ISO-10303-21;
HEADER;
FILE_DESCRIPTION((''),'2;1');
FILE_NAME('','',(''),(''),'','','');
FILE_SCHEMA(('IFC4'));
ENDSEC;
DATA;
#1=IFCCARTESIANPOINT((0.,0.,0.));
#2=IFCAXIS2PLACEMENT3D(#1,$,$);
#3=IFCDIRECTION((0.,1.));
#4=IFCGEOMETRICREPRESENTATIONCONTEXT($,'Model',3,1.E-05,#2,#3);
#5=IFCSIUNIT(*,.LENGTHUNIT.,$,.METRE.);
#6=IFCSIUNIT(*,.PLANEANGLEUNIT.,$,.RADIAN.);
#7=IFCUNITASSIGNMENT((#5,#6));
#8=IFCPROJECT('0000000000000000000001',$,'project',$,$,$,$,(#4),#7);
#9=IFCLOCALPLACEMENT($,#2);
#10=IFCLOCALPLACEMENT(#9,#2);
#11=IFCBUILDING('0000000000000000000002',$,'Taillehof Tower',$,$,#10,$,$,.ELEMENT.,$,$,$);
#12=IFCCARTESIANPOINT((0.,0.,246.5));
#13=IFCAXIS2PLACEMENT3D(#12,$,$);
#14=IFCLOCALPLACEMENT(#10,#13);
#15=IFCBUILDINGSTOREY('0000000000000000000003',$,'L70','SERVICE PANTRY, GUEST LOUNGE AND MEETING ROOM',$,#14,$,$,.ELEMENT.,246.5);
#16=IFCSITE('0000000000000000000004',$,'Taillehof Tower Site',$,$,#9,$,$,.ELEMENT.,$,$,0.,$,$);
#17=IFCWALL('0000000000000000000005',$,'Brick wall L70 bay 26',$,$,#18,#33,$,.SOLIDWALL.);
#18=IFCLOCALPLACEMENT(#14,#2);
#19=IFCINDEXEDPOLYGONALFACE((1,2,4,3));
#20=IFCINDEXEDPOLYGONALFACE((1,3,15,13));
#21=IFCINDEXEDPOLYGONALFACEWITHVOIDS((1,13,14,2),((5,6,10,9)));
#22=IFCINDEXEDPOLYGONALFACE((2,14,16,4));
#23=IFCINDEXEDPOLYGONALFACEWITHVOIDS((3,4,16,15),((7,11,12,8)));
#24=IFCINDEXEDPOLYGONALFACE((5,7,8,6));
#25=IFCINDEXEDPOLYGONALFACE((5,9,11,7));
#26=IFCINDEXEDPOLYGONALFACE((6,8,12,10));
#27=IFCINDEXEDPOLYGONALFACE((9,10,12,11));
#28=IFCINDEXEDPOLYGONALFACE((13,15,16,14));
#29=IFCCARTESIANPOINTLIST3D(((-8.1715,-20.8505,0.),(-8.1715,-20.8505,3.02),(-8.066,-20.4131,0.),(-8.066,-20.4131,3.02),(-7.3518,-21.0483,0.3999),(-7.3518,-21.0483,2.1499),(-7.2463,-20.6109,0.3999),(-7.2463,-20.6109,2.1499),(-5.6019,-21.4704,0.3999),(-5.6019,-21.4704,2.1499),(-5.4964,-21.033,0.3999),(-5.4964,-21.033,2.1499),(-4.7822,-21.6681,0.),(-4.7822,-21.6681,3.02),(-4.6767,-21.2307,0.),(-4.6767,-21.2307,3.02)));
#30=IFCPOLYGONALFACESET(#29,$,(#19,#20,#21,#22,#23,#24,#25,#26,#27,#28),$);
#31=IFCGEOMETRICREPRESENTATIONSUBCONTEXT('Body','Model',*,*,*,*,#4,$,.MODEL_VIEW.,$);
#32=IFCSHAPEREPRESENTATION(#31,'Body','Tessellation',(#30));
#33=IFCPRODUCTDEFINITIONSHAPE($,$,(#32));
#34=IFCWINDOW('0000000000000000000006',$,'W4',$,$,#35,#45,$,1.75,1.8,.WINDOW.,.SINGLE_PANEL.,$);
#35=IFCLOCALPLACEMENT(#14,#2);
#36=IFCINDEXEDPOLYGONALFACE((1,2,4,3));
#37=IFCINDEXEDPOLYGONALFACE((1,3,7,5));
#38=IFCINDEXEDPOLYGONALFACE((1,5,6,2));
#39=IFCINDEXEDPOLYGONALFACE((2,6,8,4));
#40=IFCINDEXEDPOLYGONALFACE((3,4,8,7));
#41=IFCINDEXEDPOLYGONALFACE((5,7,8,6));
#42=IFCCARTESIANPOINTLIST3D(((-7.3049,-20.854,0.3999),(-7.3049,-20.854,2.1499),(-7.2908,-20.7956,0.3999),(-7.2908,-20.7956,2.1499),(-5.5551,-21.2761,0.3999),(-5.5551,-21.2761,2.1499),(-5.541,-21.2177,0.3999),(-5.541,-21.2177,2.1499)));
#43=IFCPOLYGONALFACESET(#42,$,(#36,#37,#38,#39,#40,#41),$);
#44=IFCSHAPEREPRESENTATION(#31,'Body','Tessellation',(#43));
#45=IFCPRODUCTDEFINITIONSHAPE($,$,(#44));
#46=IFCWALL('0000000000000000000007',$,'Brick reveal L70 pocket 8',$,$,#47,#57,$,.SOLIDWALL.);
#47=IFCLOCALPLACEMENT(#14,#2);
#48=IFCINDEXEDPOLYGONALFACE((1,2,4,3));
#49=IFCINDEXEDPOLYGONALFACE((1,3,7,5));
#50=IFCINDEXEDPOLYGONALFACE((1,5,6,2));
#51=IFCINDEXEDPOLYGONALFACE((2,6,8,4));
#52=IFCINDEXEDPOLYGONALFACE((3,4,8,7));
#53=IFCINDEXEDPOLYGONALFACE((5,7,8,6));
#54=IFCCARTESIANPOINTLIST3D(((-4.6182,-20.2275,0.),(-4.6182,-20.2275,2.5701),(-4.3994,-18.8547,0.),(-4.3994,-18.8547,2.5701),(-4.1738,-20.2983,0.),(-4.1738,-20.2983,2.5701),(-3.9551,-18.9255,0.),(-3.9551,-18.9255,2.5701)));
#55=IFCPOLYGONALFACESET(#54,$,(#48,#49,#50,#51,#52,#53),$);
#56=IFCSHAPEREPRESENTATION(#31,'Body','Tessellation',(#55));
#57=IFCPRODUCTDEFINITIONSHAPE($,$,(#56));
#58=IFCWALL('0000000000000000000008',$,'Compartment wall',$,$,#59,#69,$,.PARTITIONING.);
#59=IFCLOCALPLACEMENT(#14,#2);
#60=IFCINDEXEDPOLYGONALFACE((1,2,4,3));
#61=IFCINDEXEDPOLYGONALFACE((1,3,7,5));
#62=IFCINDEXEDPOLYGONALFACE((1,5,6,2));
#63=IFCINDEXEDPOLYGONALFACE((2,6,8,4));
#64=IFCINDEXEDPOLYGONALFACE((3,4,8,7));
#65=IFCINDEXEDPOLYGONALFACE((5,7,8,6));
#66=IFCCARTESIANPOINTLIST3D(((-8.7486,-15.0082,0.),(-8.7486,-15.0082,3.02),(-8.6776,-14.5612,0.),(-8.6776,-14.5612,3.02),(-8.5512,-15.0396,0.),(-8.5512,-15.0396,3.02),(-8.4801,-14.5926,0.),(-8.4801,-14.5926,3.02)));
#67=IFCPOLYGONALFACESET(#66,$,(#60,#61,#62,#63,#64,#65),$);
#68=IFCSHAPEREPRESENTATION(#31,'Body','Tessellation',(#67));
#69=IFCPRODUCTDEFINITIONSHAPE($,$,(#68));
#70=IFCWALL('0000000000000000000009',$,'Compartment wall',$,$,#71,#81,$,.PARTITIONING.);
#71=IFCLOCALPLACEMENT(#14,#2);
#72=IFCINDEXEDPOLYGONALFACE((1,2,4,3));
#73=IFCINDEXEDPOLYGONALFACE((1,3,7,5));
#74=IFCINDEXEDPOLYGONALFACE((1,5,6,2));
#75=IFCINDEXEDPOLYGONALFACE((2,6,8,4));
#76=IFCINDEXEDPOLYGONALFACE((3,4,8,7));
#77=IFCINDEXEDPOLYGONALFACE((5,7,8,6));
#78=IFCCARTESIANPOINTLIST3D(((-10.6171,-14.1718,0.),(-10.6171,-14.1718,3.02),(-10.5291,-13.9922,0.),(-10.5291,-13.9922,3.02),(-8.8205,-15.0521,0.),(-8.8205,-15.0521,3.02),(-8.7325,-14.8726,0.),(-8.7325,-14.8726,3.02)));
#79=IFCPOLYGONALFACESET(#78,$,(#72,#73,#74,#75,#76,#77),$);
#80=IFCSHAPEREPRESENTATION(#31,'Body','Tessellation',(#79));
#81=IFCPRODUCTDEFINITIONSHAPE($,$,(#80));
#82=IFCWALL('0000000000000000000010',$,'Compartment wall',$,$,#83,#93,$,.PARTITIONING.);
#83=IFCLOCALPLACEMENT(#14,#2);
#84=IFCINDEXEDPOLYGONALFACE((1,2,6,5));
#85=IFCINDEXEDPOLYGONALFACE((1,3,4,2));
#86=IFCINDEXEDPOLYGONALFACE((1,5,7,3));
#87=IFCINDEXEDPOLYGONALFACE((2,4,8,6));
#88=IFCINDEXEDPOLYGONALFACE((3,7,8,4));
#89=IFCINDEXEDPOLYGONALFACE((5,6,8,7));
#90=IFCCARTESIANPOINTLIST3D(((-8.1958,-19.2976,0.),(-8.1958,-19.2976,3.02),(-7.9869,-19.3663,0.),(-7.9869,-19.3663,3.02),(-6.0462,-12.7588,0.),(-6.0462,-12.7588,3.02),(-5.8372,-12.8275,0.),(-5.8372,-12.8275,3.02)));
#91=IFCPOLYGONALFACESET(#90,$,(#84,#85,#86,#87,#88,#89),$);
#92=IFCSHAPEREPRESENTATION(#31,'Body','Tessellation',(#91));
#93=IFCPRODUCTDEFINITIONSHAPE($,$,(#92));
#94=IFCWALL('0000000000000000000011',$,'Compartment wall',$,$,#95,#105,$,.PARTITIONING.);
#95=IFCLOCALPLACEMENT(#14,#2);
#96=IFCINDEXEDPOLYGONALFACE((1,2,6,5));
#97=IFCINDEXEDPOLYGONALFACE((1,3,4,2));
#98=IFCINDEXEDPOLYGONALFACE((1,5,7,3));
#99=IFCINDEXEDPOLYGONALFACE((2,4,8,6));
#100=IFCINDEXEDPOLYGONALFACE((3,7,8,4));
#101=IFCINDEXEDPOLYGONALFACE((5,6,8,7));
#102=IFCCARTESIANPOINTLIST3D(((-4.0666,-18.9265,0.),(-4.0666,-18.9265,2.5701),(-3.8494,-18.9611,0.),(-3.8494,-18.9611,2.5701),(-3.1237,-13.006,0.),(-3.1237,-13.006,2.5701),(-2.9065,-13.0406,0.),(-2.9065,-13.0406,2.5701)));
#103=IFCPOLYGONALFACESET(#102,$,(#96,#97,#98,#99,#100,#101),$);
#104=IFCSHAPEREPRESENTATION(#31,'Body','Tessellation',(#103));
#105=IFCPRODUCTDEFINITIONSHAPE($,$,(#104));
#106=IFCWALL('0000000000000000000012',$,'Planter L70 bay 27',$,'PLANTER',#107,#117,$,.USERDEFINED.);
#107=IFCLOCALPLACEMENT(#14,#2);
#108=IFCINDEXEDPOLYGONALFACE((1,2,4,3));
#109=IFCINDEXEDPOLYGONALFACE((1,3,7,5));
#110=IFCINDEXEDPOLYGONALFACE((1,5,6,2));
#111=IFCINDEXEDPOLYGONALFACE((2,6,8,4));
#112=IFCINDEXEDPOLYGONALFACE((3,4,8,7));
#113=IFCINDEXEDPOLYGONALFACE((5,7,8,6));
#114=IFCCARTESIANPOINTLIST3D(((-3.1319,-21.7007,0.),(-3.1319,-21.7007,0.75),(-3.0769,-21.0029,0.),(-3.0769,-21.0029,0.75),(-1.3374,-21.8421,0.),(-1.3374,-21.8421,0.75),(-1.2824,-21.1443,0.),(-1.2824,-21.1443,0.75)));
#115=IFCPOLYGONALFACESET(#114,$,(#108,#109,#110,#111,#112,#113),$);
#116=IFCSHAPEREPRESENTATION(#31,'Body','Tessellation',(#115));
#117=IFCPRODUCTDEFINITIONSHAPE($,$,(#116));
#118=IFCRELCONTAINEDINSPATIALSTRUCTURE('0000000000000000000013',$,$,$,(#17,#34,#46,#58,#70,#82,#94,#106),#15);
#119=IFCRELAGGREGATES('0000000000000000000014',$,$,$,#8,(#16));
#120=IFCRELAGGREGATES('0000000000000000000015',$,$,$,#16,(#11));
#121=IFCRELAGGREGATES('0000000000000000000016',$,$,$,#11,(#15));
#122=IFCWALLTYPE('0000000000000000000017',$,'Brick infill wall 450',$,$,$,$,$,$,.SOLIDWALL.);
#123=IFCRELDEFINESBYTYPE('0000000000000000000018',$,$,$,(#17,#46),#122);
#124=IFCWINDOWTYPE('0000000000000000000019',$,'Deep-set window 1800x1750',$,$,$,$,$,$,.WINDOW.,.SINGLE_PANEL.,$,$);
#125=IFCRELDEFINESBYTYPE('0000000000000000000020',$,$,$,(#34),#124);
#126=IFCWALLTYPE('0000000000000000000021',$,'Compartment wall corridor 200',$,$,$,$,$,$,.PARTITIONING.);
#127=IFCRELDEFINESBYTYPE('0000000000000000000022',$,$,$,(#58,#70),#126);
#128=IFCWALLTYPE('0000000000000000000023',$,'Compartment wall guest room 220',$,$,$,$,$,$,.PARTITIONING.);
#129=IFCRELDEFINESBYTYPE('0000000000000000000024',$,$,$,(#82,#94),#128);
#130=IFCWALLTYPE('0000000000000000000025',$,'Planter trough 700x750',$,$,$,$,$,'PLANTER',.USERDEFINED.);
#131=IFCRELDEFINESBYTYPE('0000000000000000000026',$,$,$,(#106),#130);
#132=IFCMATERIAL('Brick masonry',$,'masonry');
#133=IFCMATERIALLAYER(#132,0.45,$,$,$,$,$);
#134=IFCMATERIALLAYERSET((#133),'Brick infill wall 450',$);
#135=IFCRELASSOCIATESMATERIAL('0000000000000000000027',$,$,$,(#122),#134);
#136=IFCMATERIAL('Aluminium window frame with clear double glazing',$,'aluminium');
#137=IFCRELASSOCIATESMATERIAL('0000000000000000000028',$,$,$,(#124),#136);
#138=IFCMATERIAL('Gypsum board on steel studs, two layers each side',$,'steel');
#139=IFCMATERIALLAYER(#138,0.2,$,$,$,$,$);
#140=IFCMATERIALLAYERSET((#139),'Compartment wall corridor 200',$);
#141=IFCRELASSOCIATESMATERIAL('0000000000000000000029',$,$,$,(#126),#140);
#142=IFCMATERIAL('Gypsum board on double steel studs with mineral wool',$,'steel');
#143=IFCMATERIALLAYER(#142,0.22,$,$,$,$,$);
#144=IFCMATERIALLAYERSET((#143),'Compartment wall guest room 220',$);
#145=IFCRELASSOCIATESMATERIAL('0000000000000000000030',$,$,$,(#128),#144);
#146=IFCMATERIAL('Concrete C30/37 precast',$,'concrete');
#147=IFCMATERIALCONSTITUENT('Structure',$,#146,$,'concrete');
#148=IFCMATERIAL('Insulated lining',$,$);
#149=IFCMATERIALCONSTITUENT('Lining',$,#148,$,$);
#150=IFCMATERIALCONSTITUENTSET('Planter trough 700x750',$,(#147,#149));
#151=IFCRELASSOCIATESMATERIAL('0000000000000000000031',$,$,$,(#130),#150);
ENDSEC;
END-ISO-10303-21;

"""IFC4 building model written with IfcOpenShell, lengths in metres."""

from ifc_helpers import new_model, si_unit, direction, frame, frame_2d, origin, place, context, subcontext, project, spatial, rectangle, extrude, material, layer, layer_set, constituent, constituent_set, type_object, element, fill, save


model = new_model("IFC4")

# Units and contexts
model_context = context("Model", 3, precision=1e-05, world=origin(), true_north=direction((0.0, 1.0)))
body_context = subcontext(model_context, "Body", "Model", "MODEL_VIEW")
ifc_project = project(units=[si_unit("LENGTHUNIT", "METRE"), si_unit("PLANEANGLEUNIT", "RADIAN")], contexts=[model_context])

# Site, building, storey
site_placement = place(None, origin())
site = spatial("IfcSite", under=ifc_project, at=site_placement, Name="Taillehof Tower Site", CompositionType="ELEMENT", RefElevation=0.0)
building_placement = place(site_placement, origin())
building = spatial("IfcBuilding", under=site, at=building_placement, Name="Taillehof Tower", CompositionType="ELEMENT")
storey_placement = place(building_placement, frame((0.0, 0.0, 246.5)))
storey = spatial("IfcBuildingStorey", under=building, at=storey_placement, Name="L70", Description="SERVICE PANTRY, GUEST LOUNGE AND MEETING ROOM", CompositionType="ELEMENT", Elevation=246.5)

# Wall, opening, window
ifc_material_1 = material(Name="Brick masonry", Category="masonry")
ifc_layer_1 = layer(ifc_material_1, 0.45)
ifc_layer_set_1 = layer_set([ifc_layer_1], Name="Brick infill wall 450")
wall_type_1 = type_object("IfcWallType", Name="Brick infill wall 450", PredefinedType="SOLIDWALL", material=ifc_layer_set_1)
ifc_material_2 = material(Name="Aluminium window frame with clear double glazing", Category="aluminium")
window_type_1 = type_object("IfcWindowType", Name="Deep-set window 1800x1750", PartitioningType="SINGLE_PANEL", PredefinedType="WINDOW", material=ifc_material_2)
wall_1_placement = place(storey_placement, frame((-8.1187, -20.6318, 0.0), z_axis=(0.0, 0.0, 1.0), x_axis=(0.972115, -0.234504, 0.0)))
wall_1 = element("IfcWall", 1, at=wall_1_placement, inside=storey, type_object=wall_type_1, Name="Brick wall L70 bay 26", PredefinedType="SOLIDWALL", context=body_context, shape_type="SweptSolid", body=[
    extrude(rectangle(XDim=3.4866, YDim=0.45, at=frame_2d((1.7432, 0.0))), origin(), (0.0, 0.0, 1.0), 3.02),
])
opening_1_placement = place(wall_1_placement, frame((0.8433, 0.0, 0.3999)))
opening_1 = element("IfcOpeningElement", 2, at=opening_1_placement, cuts=wall_1, PredefinedType="OPENING", context=body_context, shape_type="SweptSolid", body=[
    extrude(rectangle(XDim=1.8, YDim=1.75, at=frame_2d((0.8999, 0.875))), frame((0.0, 0.2349, 0.0), z_axis=(0.0, -1.0, 0.0), x_axis=(1.0, 0.0, 0.0)), (0.0, 0.0, 1.0), 0.47),
])
window_1_placement = place(opening_1_placement, origin())
window_1 = element("IfcWindow", 3, at=window_1_placement, inside=storey, type_object=window_type_1, Name="W4", OverallHeight=1.75, OverallWidth=1.8, PartitioningType="SINGLE_PANEL", PredefinedType="WINDOW", context=body_context, shape_type="SweptSolid", body=[
    extrude(rectangle(XDim=1.8, YDim=1.75, at=frame_2d((0.8999, 0.875))), frame((0.0, 0.0349, 0.0), z_axis=(0.0, -1.0, 0.0), x_axis=(1.0, 0.0, 0.0)), (0.0, 0.0, 1.0), 0.0601),
])
fill(opening_1, window_1)

# Wall
wall_2_placement = place(storey_placement, frame((-4.396, -20.2629, 0.0), z_axis=(0.0, 0.0, 1.0), x_axis=(0.15736, 0.987541, 0.0)))
element("IfcWall", 4, at=wall_2_placement, inside=storey, type_object=wall_type_1, Name="Brick reveal L70 pocket 8", PredefinedType="SOLIDWALL", context=body_context, shape_type="SweptSolid", body=[
    extrude(rectangle(XDim=1.3901, YDim=0.45, at=frame_2d((0.6951, 0.0))), origin(), (0.0, 0.0, 1.0), 2.5701),
])

# Walls
ifc_material_3 = material(Name="Gypsum board on steel studs, two layers each side", Category="steel")
ifc_layer_2 = layer(ifc_material_3, 0.2)
ifc_layer_set_2 = layer_set([ifc_layer_2], Name="Compartment wall corridor 200")
wall_type_2 = type_object("IfcWallType", Name="Compartment wall corridor 200", PredefinedType="PARTITIONING", material=ifc_layer_set_2)
wall_3_placement = place(storey_placement, frame((-8.5789, -14.5769, 0.0), z_axis=(0.0, 0.0, 1.0), x_axis=(-0.15696, -0.987605, 0.0)))
element("IfcWall", 5, at=wall_3_placement, inside=storey, type_object=wall_type_2, Name="Compartment wall", PredefinedType="PARTITIONING", context=body_context, shape_type="SweptSolid", body=[
    extrude(rectangle(XDim=0.4526, YDim=0.2, at=frame_2d((0.2263, 0.0))), origin(), (0.0, 0.0, 1.0), 3.02),
])
wall_4_placement = place(storey_placement, frame((-8.7764, -14.9624, 0.0), z_axis=(0.0, 0.0, 1.0), x_axis=(-0.897986, 0.440024, 0.0)))
element("IfcWall", 6, at=wall_4_placement, inside=storey, type_object=wall_type_2, Name="Compartment wall", PredefinedType="PARTITIONING", context=body_context, shape_type="SweptSolid", body=[
    extrude(rectangle(XDim=2.0007, YDim=0.2, at=frame_2d((1.0005, 0.0))), origin(), (0.0, 0.0, 1.0), 3.02),
])
ifc_material_4 = material(Name="Gypsum board on double steel studs with mineral wool", Category="steel")
ifc_layer_3 = layer(ifc_material_4, 0.22)
ifc_layer_set_3 = layer_set([ifc_layer_3], Name="Compartment wall guest room 220")
wall_type_3 = type_object("IfcWallType", Name="Compartment wall guest room 220", PredefinedType="PARTITIONING", material=ifc_layer_set_3)
wall_5_placement = place(storey_placement, frame((-8.0913, -19.3318, 0.0), z_axis=(0.0, 0.0, 1.0), x_axis=(0.312309, 0.94998, 0.0)))
element("IfcWall", 7, at=wall_5_placement, inside=storey, type_object=wall_type_3, Name="Compartment wall", PredefinedType="PARTITIONING", context=body_context, shape_type="SweptSolid", body=[
    extrude(rectangle(XDim=6.8831, YDim=0.22, at=frame_2d((3.4414, 0.0))), origin(), (0.0, 0.0, 1.0), 3.02),
])
wall_6_placement = place(storey_placement, frame((-3.958, -18.9438, 0.0), z_axis=(0.0, 0.0, 1.0), x_axis=(0.157276, 0.987555, 0.0)))
element("IfcWall", 8, at=wall_6_placement, inside=storey, type_object=wall_type_3, Name="Compartment wall", PredefinedType="PARTITIONING", context=body_context, shape_type="SweptSolid", body=[
    extrude(rectangle(XDim=5.9951, YDim=0.22, at=frame_2d((2.9976, 0.0))), origin(), (0.0, 0.0, 1.0), 2.5701),
])
ifc_material_5 = material(Name="Concrete C30/37 precast", Category="concrete")
ifc_constituent_1 = constituent(ifc_material_5, Name="Structure", Category="concrete")
ifc_material_6 = material(Name="Insulated lining")
ifc_constituent_2 = constituent(ifc_material_6, Name="Lining")
ifc_constituent_set = constituent_set(constituents=[ifc_constituent_1, ifc_constituent_2], Name="Planter trough 700x750")
wall_type_4 = type_object("IfcWallType", Name="Planter trough 700x750", ElementType="PLANTER", PredefinedType="USERDEFINED", material=ifc_constituent_set)
wall_7_placement = place(storey_placement, frame((-3.1042, -21.3518, 0.0), z_axis=(0.0, 0.0, 1.0), x_axis=(0.996912, -0.078532, 0.0)))
element("IfcWall", 9, at=wall_7_placement, inside=storey, type_object=wall_type_4, Name="Planter L70 bay 27", ObjectType="PLANTER", PredefinedType="USERDEFINED", context=body_context, shape_type="SweptSolid", body=[
    extrude(rectangle(XDim=1.8, YDim=0.7, at=frame_2d((0.8999, 0.0))), origin(), (0.0, 0.0, 1.0), 0.75),
])

save(model, "model.ifc")
